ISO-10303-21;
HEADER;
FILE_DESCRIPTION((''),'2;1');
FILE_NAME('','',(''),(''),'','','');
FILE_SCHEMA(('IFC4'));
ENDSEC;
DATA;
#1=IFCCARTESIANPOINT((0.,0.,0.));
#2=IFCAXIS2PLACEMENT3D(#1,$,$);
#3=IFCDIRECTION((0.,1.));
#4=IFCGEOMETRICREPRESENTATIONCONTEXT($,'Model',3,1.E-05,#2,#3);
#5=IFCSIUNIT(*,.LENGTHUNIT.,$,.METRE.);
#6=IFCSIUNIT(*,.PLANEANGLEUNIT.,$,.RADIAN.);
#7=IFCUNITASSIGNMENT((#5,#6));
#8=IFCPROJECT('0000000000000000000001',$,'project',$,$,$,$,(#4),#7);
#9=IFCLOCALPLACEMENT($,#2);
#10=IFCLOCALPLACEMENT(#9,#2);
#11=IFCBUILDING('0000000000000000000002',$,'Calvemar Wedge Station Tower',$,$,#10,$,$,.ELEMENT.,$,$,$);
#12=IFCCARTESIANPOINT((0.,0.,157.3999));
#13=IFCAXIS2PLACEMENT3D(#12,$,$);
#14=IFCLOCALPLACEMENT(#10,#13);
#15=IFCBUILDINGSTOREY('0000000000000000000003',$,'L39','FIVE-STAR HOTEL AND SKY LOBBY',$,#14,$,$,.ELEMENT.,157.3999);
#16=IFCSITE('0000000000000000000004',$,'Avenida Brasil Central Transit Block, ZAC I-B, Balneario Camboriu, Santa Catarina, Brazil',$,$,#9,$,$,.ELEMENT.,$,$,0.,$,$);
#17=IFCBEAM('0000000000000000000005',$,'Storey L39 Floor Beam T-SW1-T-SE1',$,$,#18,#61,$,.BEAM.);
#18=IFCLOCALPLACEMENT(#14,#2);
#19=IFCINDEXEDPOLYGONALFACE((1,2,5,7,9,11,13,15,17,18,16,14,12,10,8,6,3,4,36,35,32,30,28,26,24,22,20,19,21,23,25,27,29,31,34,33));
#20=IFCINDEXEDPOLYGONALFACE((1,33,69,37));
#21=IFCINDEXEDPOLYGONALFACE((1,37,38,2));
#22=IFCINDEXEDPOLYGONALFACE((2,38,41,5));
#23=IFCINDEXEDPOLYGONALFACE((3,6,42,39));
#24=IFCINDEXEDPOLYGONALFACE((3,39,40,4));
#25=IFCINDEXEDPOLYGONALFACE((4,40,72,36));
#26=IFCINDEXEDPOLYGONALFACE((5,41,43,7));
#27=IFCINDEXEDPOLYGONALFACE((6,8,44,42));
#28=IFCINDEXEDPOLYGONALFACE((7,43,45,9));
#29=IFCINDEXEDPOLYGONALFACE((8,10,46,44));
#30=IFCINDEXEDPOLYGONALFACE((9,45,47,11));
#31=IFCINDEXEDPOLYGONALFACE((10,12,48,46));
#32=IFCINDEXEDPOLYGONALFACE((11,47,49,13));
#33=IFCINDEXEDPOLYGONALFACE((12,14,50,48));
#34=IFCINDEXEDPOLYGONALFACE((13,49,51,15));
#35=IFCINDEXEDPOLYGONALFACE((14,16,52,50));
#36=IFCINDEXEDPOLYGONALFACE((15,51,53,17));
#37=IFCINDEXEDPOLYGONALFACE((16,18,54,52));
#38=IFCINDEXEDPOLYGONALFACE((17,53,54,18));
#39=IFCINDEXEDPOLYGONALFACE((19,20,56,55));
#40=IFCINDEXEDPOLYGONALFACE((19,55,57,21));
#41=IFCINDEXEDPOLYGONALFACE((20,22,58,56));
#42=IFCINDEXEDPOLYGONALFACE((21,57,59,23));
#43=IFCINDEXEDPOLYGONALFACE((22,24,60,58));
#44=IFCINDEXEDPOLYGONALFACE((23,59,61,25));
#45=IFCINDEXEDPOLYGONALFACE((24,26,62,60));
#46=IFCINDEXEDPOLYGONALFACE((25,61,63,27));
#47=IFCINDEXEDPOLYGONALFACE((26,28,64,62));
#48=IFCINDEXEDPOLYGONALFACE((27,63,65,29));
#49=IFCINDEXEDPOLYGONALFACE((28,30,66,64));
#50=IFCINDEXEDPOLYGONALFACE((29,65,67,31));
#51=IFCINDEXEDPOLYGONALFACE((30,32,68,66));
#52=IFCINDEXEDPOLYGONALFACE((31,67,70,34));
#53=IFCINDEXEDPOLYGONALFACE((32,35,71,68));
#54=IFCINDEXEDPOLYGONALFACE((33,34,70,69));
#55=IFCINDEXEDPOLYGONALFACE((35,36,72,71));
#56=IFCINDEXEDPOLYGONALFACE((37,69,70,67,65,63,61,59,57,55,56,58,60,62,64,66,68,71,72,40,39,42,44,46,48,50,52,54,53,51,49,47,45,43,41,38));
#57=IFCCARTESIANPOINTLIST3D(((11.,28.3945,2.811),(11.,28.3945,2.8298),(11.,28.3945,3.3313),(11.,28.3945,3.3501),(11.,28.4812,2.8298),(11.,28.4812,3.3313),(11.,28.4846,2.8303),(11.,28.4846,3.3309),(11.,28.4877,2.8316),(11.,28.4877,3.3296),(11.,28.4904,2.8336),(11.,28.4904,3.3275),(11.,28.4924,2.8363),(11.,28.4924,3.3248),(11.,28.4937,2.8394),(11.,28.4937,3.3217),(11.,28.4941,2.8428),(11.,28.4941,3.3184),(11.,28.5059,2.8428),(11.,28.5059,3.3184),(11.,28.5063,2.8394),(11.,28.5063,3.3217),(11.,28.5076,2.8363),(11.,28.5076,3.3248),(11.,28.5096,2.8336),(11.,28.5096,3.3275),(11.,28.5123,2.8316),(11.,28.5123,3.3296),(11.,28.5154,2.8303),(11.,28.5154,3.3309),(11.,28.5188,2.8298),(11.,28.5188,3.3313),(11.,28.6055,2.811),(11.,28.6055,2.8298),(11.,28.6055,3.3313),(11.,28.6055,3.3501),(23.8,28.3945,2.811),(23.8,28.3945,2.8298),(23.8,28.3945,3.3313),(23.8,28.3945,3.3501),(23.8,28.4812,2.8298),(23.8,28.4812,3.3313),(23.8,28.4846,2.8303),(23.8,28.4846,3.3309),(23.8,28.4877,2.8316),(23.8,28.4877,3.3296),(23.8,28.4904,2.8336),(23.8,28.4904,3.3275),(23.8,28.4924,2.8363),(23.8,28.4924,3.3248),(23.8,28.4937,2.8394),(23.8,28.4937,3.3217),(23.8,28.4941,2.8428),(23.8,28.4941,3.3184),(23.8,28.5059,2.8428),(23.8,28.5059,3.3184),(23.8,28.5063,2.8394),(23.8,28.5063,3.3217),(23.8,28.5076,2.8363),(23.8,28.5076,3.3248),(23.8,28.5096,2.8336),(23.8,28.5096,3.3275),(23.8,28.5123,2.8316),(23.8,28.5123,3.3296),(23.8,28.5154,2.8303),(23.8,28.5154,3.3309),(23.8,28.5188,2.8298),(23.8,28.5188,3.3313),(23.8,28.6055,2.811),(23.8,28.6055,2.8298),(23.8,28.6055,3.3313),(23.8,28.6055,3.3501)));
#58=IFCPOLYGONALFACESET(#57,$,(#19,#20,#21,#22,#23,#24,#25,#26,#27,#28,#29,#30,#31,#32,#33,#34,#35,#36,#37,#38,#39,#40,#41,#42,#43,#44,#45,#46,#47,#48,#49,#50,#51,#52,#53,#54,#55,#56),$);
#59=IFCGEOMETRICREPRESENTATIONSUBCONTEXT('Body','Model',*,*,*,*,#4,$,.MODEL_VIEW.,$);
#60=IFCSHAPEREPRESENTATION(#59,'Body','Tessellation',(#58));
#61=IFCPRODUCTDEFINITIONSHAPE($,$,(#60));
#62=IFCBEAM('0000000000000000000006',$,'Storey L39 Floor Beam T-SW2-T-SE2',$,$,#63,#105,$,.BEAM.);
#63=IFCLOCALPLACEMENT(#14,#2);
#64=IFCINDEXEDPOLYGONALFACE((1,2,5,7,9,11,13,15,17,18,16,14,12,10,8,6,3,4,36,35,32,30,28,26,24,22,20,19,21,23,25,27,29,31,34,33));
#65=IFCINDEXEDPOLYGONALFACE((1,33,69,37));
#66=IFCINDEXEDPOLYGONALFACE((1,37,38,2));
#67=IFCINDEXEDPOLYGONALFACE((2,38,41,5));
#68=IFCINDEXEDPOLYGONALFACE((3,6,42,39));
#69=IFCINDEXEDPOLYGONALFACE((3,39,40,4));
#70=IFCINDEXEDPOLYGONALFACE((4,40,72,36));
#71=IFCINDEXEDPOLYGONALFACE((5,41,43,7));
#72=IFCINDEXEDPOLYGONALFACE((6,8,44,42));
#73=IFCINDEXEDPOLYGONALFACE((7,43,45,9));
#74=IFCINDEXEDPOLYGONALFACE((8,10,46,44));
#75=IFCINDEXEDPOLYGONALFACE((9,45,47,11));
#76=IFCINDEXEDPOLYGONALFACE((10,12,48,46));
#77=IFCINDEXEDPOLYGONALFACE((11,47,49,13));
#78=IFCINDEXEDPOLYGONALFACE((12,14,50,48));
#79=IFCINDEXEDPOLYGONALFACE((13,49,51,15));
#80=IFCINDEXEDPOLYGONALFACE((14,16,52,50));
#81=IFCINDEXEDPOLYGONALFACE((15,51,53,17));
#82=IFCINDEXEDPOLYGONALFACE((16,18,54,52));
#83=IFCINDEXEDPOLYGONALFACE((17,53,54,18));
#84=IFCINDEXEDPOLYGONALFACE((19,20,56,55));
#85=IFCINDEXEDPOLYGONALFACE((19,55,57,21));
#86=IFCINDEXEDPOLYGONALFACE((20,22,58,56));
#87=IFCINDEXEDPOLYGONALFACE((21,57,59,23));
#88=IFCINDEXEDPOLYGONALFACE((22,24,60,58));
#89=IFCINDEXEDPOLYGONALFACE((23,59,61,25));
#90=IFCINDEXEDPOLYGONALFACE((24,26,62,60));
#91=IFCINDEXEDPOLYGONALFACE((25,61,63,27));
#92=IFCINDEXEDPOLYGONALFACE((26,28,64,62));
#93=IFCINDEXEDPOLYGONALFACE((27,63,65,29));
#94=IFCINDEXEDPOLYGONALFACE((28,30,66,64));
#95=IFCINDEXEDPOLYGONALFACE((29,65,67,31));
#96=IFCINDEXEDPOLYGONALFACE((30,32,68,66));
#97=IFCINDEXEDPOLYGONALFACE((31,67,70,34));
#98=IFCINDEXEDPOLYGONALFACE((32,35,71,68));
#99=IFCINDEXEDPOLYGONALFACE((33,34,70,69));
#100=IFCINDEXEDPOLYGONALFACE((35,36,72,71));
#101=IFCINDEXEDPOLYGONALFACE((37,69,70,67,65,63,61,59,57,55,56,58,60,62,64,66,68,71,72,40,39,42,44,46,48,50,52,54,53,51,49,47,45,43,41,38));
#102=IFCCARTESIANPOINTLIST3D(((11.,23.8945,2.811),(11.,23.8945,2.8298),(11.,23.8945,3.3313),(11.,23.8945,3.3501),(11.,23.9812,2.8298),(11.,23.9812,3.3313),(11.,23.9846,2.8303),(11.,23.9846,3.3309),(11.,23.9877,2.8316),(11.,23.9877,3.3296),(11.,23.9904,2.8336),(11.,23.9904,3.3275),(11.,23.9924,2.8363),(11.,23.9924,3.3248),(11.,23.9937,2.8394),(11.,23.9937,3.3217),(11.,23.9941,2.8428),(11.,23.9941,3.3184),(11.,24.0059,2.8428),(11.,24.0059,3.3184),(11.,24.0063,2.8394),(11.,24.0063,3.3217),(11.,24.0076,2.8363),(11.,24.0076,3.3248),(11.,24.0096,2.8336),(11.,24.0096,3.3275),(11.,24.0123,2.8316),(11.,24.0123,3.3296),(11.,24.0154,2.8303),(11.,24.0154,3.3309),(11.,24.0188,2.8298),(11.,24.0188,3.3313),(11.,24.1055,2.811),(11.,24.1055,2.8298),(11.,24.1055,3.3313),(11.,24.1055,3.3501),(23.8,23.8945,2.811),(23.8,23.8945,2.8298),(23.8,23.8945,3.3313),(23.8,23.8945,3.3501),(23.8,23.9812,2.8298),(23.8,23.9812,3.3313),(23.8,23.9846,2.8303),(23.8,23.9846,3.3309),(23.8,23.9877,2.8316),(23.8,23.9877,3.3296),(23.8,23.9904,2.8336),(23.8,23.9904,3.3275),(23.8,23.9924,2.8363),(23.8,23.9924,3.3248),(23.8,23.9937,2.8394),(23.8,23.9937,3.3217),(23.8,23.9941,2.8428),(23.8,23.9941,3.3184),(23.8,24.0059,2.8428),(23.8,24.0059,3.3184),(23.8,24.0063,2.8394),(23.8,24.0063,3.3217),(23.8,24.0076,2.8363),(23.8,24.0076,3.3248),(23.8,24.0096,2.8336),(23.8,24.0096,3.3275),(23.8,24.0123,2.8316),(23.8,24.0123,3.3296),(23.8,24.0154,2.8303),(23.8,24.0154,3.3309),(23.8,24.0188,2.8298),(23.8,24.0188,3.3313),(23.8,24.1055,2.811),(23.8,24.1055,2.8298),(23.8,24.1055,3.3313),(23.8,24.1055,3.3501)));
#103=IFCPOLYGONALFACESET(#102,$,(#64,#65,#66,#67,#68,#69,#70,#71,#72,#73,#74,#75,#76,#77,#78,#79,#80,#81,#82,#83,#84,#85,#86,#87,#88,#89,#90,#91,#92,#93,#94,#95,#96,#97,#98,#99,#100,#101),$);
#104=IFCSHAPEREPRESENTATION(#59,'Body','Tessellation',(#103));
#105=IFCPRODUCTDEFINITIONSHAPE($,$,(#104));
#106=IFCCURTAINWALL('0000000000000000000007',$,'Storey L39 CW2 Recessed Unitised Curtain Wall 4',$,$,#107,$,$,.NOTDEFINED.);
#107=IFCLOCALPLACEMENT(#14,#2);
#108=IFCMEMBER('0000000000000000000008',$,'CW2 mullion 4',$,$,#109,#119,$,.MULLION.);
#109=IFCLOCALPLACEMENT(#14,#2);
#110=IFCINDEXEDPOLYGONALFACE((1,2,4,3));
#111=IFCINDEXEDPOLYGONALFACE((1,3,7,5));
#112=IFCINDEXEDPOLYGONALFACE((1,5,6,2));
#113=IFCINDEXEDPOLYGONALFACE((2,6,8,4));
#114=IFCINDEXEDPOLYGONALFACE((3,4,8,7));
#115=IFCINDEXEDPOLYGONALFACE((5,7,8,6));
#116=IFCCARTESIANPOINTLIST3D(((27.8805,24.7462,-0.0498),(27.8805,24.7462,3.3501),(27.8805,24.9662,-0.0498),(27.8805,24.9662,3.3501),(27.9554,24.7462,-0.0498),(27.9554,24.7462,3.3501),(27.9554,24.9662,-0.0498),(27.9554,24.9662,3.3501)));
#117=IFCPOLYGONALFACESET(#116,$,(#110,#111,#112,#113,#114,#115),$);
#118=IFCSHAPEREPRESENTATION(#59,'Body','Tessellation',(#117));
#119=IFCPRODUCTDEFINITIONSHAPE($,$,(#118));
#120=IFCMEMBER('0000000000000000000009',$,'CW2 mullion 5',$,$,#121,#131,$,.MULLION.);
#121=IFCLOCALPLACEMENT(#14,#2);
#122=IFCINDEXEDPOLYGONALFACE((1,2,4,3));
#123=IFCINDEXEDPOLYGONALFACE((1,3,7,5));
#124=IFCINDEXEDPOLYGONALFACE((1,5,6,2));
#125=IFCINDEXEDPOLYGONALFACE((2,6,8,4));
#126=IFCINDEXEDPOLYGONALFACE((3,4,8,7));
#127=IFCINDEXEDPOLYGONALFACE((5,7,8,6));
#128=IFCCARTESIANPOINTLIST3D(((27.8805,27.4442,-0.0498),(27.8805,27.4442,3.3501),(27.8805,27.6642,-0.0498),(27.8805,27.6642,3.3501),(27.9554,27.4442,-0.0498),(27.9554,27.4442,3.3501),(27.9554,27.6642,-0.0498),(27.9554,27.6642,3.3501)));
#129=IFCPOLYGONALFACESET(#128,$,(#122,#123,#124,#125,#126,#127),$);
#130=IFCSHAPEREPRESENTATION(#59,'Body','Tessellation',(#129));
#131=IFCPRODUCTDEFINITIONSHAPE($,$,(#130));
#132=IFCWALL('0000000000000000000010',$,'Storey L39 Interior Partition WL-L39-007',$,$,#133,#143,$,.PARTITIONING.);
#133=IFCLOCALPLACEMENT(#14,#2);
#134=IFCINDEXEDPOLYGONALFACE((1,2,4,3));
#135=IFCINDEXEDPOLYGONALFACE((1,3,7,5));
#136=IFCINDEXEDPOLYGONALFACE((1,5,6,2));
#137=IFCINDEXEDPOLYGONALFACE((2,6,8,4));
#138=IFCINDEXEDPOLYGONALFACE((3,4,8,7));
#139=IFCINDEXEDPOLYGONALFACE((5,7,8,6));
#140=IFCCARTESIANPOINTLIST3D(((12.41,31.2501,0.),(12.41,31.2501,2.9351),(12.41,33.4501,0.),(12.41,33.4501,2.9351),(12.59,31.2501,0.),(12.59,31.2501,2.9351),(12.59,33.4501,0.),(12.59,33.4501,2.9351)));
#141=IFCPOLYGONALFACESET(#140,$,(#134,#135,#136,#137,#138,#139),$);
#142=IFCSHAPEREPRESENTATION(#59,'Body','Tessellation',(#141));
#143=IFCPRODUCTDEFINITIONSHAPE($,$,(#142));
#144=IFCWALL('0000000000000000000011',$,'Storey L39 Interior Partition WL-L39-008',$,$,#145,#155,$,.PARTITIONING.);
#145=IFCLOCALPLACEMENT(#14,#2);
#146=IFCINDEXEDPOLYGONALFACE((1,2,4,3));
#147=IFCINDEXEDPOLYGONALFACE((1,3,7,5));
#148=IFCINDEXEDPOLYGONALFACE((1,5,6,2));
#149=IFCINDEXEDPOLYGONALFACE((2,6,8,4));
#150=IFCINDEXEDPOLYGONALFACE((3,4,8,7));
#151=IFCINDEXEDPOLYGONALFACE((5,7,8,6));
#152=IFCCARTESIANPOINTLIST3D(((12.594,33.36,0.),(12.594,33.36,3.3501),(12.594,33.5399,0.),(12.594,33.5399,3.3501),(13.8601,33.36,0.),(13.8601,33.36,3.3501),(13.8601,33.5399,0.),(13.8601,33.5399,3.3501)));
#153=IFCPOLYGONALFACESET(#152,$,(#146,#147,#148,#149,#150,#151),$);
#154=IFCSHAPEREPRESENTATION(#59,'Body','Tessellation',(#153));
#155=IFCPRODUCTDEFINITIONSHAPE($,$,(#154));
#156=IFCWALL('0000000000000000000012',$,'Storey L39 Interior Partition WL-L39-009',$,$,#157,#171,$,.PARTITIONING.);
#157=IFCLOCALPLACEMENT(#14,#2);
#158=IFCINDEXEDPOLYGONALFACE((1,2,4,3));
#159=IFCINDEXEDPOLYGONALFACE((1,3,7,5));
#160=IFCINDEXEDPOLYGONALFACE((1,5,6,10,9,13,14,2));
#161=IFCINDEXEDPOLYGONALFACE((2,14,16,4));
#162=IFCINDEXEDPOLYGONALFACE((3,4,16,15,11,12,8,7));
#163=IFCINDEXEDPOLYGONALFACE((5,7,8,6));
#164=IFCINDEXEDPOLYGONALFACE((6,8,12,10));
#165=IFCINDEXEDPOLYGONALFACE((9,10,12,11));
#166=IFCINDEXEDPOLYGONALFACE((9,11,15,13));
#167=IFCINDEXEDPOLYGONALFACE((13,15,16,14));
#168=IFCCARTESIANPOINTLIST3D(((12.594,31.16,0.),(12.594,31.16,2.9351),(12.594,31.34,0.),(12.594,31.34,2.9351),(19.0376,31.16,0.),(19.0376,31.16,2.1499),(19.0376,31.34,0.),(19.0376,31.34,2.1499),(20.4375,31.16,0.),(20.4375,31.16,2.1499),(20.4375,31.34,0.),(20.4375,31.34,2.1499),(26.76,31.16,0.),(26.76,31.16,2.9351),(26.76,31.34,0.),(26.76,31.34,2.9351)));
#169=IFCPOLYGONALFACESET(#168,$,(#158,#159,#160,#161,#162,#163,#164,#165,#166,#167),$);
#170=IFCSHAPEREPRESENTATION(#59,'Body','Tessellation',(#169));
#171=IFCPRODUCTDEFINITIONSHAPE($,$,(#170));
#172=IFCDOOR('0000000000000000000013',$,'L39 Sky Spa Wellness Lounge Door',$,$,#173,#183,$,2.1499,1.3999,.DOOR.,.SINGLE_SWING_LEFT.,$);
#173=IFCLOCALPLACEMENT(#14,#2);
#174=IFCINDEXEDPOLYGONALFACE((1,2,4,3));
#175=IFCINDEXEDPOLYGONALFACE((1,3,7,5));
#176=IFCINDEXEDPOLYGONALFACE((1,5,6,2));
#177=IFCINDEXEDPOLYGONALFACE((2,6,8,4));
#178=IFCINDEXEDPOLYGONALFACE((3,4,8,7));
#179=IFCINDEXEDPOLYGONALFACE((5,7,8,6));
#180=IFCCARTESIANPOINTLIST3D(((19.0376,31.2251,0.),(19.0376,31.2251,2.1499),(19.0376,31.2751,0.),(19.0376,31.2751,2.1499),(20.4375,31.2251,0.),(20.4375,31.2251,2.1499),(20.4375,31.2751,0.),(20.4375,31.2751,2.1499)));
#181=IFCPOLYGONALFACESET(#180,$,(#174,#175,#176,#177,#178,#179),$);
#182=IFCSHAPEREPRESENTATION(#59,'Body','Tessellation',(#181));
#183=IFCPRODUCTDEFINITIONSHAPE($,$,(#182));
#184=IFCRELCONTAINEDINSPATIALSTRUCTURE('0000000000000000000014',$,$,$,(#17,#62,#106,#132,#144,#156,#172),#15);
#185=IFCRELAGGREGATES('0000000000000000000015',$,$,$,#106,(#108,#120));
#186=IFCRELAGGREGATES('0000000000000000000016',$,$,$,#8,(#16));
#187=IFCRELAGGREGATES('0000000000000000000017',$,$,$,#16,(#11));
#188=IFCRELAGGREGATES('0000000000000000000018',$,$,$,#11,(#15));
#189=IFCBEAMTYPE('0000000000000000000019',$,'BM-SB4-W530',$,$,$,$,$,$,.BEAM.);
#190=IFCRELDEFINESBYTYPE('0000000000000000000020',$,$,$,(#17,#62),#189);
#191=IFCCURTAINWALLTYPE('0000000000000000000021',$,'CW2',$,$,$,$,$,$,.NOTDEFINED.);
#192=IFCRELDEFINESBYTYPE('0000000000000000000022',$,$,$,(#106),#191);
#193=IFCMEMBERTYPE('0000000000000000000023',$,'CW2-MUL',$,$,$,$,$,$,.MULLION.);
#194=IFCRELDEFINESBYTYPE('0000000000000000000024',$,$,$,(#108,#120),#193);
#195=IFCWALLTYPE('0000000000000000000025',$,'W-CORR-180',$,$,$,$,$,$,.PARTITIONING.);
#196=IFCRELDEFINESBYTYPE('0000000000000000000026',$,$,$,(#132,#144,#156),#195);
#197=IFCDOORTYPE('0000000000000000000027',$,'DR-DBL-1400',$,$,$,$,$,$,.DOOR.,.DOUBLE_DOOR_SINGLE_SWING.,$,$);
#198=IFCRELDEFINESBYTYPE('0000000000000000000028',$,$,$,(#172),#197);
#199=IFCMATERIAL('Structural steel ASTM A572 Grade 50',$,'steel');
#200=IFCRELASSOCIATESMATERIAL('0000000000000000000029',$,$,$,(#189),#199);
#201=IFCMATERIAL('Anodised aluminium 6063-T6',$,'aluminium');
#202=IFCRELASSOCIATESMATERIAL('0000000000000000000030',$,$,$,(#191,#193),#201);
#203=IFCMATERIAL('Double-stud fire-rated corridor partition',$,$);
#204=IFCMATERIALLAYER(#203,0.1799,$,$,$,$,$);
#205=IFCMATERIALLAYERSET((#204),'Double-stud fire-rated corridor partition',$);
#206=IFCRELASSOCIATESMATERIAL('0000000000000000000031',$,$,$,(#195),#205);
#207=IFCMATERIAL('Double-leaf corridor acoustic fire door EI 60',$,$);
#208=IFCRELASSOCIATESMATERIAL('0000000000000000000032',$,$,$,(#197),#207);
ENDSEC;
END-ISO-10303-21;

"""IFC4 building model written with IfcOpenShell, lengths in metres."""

from ifc_helpers import new_model, si_unit, direction, frame, frame_2d, origin, origin_2d, place, context, subcontext, project, spatial, rectangle, i_section, extrude, source, transform, mapped, material, layer, layer_set, material_profile, profile_set, type_object, element, fill, aggregate, save


model = new_model("IFC4")

# Units and contexts
model_context = context("Model", 3, precision=1e-05, world=origin(), true_north=direction((0.0, 1.0)))
body_context = subcontext(model_context, "Body", "Model", "MODEL_VIEW")
ifc_project = project(units=[si_unit("LENGTHUNIT", "METRE"), si_unit("PLANEANGLEUNIT", "RADIAN")], contexts=[model_context])

# Site, building, storey
site_placement = place(None, origin())
site = spatial("IfcSite", under=ifc_project, at=site_placement, Name="Avenida Brasil Central Transit Block, ZAC I-B, Balneario Camboriu, Santa Catarina, Brazil", CompositionType="ELEMENT", RefElevation=0.0)
building_placement = place(site_placement, origin())
building = spatial("IfcBuilding", under=site, at=building_placement, Name="Calvemar Wedge Station Tower", CompositionType="ELEMENT")
storey_placement = place(building_placement, frame((0.0, 0.0, 157.3999)))
storey = spatial("IfcBuildingStorey", under=building, at=storey_placement, Name="L39", Description="FIVE-STAR HOTEL AND SKY LOBBY", CompositionType="ELEMENT", Elevation=157.3999)

# Beams
ifc_material_1 = material(Name="Structural steel ASTM A572 Grade 50", Category="steel")
ifc_material_profile_1 = material_profile(ifc_material_1, i_section(OverallWidth=0.2109, OverallDepth=0.5391, WebThickness=0.0117, FlangeThickness=0.0188, FilletRadius=0.0129, at=origin_2d()), Name="W530x109")
ifc_profile_set_1 = profile_set([ifc_material_profile_1], Name="Structural steel ASTM A572 Grade 50")
beam_type_1 = type_object("IfcBeamType", Name="BM-SB4-W530", PredefinedType="BEAM", material=ifc_profile_set_1)
shared_shape_1 = source(origin(), body_context, "Body", "SweptSolid", [
    extrude(i_section(OverallWidth=0.2109, OverallDepth=0.5391, WebThickness=0.0117, FlangeThickness=0.0188, FilletRadius=0.0129, at=origin_2d()), origin(), (0.0, 0.0, 1.0), 12.8),
])
for number, where, z_axis, x_axis, name in (
    (1, (11.0, 28.5, 3.0806), (1.0, 0.0, 0.0), (0.0, 1.0, 0.0), "Storey L39 Floor Beam T-SW1-T-SE1"),
    (2, (11.0, 24.0, 3.0806), (1.0, 0.0, 0.0), (0.0, 1.0, 0.0), "Storey L39 Floor Beam T-SW2-T-SE2"),
):
    element("IfcBeam", number, at=place(storey_placement, frame(where, z_axis=z_axis, x_axis=x_axis)), inside=storey, type_object=beam_type_1, Name=name, PredefinedType="BEAM", context=body_context, shape_type="MappedRepresentation", body=[
        mapped(shared_shape_1, transform((0.0, 0.0, 0.0), scale=1.0)),
    ])

# Curtain wall, members
ifc_material_2 = material(Name="Anodised aluminium 6063-T6", Category="aluminium")
curtain_wall_type = type_object("IfcCurtainWallType", Name="CW2", PredefinedType="NOTDEFINED", material=ifc_material_2)
curtain_wall_placement = place(storey_placement, origin())
curtain_wall = element("IfcCurtainWall", 3, at=curtain_wall_placement, inside=storey, type_object=curtain_wall_type, Name="Storey L39 CW2 Recessed Unitised Curtain Wall 4", PredefinedType="NOTDEFINED")
ifc_material_profile_2 = material_profile(ifc_material_2, rectangle(XDim=0.075, YDim=0.22, at=origin_2d()), Name="AL-MUL-75x220")
ifc_profile_set_2 = profile_set([ifc_material_profile_2], Name="Anodised aluminium 6063-T6")
member_type = type_object("IfcMemberType", Name="CW2-MUL", PredefinedType="MULLION", material=ifc_profile_set_2)
shared_shape_2 = source(origin(), body_context, "Body", "SweptSolid", [
    extrude(rectangle(XDim=0.075, YDim=0.22, at=origin_2d()), origin(), (0.0, 0.0, 1.0), 3.3999),
])
member_1_placement = place(storey_placement, frame((27.918, 24.8562, -0.0498), z_axis=(0.0, 0.0, 1.0), x_axis=(1.0, 0.0, 0.0)))
member_1 = element("IfcMember", 4, at=member_1_placement, type_object=member_type, Name="CW2 mullion 4", PredefinedType="MULLION", context=body_context, shape_type="MappedRepresentation", body=[
    mapped(shared_shape_2, transform((0.0, 0.0, 0.0), scale=1.0)),
])
member_2_placement = place(storey_placement, frame((27.918, 27.5542, -0.0498), z_axis=(0.0, 0.0, 1.0), x_axis=(1.0, 0.0, 0.0)))
member_2 = element("IfcMember", 5, at=member_2_placement, type_object=member_type, Name="CW2 mullion 5", PredefinedType="MULLION", context=body_context, shape_type="MappedRepresentation", body=[
    mapped(shared_shape_2, transform((0.0, 0.0, 0.0), scale=1.0)),
])
aggregate(curtain_wall, [member_1, member_2])

# Walls
ifc_material_3 = material(Name="Double-stud fire-rated corridor partition")
ifc_layer_1 = layer(ifc_material_3, 0.1799)
ifc_layer_set_1 = layer_set([ifc_layer_1], Name="Double-stud fire-rated corridor partition")
wall_type_1 = type_object("IfcWallType", Name="W-CORR-180", PredefinedType="PARTITIONING", material=ifc_layer_set_1)
wall_1_placement = place(storey_placement, frame((12.5, 31.25, 0.0), z_axis=(0.0, 0.0, 1.0), x_axis=(0.0, 1.0, 0.0)))
element("IfcWall", 6, at=wall_1_placement, inside=storey, type_object=wall_type_1, Name="Storey L39 Interior Partition WL-L39-007", PredefinedType="PARTITIONING", context=body_context, shape_type="SweptSolid", body=[
    extrude(rectangle(XDim=2.2, YDim=0.1799, at=frame_2d((1.1001, 0.0))), origin(), (0.0, 0.0, 1.0), 2.9351),
])
wall_2_placement = place(storey_placement, frame((12.594, 33.45, 0.0), z_axis=(0.0, 0.0, 1.0), x_axis=(1.0, 0.0, 0.0)))
element("IfcWall", 7, at=wall_2_placement, inside=storey, type_object=wall_type_1, Name="Storey L39 Interior Partition WL-L39-008", PredefinedType="PARTITIONING", context=body_context, shape_type="SweptSolid", body=[
    extrude(rectangle(XDim=1.2661, YDim=0.1799, at=frame_2d((0.6331, 0.0))), origin(), (0.0, 0.0, 1.0), 3.3501),
])

# Wall, opening, door
wall_3_placement = place(storey_placement, frame((26.76, 31.25, 0.0), z_axis=(0.0, 0.0, 1.0), x_axis=(-1.0, 0.0, 0.0)))
wall_3 = element("IfcWall", 8, at=wall_3_placement, inside=storey, type_object=wall_type_1, Name="Storey L39 Interior Partition WL-L39-009", PredefinedType="PARTITIONING", context=body_context, shape_type="SweptSolid", body=[
    extrude(rectangle(XDim=14.166, YDim=0.1799, at=frame_2d((7.083, 0.0))), origin(), (0.0, 0.0, 1.0), 2.9351),
])
shared_shape_3 = source(origin(), body_context, "Body", "SweptSolid", [
    extrude(rectangle(XDim=1.3999, YDim=2.1499, at=frame_2d((0.7, 1.075))), frame((0.0, 0.1001, 0.0), z_axis=(0.0, -1.0, 0.0), x_axis=(1.0, 0.0, 0.0)), (0.0, 0.0, 1.0), 0.2),
])
opening_1_placement = place(wall_3_placement, frame((6.3225, 0.0, 0.0)))
opening_1 = element("IfcOpeningElement", 9, at=opening_1_placement, cuts=wall_3, PredefinedType="OPENING", context=body_context, shape_type="MappedRepresentation", body=[
    mapped(shared_shape_3, transform((0.0, 0.0, 0.0), scale=1.0)),
])
ifc_material_4 = material(Name="Double-leaf corridor acoustic fire door EI 60")
door_type_1 = type_object("IfcDoorType", Name="DR-DBL-1400", OperationType="DOUBLE_DOOR_SINGLE_SWING", PredefinedType="DOOR", material=ifc_material_4)
shared_shape_4 = source(origin(), body_context, "Body", "SweptSolid", [
    extrude(rectangle(XDim=1.3999, YDim=2.1499, at=frame_2d((0.7, 1.075))), frame((0.0, 0.0249, 0.0), z_axis=(0.0, -1.0, 0.0), x_axis=(1.0, 0.0, 0.0)), (0.0, 0.0, 1.0), 0.05),
])
door_1_placement = place(opening_1_placement, origin())
door_1 = element("IfcDoor", 10, at=door_1_placement, inside=storey, type_object=door_type_1, Name="L39 Sky Spa Wellness Lounge Door", OperationType="SINGLE_SWING_LEFT", OverallHeight=2.1499, OverallWidth=1.3999, PredefinedType="DOOR", context=body_context, shape_type="MappedRepresentation", body=[
    mapped(shared_shape_4, transform((0.0, 0.0, 0.0), scale=1.0)),
])
fill(opening_1, door_1)

save(model, "model.ifc")
